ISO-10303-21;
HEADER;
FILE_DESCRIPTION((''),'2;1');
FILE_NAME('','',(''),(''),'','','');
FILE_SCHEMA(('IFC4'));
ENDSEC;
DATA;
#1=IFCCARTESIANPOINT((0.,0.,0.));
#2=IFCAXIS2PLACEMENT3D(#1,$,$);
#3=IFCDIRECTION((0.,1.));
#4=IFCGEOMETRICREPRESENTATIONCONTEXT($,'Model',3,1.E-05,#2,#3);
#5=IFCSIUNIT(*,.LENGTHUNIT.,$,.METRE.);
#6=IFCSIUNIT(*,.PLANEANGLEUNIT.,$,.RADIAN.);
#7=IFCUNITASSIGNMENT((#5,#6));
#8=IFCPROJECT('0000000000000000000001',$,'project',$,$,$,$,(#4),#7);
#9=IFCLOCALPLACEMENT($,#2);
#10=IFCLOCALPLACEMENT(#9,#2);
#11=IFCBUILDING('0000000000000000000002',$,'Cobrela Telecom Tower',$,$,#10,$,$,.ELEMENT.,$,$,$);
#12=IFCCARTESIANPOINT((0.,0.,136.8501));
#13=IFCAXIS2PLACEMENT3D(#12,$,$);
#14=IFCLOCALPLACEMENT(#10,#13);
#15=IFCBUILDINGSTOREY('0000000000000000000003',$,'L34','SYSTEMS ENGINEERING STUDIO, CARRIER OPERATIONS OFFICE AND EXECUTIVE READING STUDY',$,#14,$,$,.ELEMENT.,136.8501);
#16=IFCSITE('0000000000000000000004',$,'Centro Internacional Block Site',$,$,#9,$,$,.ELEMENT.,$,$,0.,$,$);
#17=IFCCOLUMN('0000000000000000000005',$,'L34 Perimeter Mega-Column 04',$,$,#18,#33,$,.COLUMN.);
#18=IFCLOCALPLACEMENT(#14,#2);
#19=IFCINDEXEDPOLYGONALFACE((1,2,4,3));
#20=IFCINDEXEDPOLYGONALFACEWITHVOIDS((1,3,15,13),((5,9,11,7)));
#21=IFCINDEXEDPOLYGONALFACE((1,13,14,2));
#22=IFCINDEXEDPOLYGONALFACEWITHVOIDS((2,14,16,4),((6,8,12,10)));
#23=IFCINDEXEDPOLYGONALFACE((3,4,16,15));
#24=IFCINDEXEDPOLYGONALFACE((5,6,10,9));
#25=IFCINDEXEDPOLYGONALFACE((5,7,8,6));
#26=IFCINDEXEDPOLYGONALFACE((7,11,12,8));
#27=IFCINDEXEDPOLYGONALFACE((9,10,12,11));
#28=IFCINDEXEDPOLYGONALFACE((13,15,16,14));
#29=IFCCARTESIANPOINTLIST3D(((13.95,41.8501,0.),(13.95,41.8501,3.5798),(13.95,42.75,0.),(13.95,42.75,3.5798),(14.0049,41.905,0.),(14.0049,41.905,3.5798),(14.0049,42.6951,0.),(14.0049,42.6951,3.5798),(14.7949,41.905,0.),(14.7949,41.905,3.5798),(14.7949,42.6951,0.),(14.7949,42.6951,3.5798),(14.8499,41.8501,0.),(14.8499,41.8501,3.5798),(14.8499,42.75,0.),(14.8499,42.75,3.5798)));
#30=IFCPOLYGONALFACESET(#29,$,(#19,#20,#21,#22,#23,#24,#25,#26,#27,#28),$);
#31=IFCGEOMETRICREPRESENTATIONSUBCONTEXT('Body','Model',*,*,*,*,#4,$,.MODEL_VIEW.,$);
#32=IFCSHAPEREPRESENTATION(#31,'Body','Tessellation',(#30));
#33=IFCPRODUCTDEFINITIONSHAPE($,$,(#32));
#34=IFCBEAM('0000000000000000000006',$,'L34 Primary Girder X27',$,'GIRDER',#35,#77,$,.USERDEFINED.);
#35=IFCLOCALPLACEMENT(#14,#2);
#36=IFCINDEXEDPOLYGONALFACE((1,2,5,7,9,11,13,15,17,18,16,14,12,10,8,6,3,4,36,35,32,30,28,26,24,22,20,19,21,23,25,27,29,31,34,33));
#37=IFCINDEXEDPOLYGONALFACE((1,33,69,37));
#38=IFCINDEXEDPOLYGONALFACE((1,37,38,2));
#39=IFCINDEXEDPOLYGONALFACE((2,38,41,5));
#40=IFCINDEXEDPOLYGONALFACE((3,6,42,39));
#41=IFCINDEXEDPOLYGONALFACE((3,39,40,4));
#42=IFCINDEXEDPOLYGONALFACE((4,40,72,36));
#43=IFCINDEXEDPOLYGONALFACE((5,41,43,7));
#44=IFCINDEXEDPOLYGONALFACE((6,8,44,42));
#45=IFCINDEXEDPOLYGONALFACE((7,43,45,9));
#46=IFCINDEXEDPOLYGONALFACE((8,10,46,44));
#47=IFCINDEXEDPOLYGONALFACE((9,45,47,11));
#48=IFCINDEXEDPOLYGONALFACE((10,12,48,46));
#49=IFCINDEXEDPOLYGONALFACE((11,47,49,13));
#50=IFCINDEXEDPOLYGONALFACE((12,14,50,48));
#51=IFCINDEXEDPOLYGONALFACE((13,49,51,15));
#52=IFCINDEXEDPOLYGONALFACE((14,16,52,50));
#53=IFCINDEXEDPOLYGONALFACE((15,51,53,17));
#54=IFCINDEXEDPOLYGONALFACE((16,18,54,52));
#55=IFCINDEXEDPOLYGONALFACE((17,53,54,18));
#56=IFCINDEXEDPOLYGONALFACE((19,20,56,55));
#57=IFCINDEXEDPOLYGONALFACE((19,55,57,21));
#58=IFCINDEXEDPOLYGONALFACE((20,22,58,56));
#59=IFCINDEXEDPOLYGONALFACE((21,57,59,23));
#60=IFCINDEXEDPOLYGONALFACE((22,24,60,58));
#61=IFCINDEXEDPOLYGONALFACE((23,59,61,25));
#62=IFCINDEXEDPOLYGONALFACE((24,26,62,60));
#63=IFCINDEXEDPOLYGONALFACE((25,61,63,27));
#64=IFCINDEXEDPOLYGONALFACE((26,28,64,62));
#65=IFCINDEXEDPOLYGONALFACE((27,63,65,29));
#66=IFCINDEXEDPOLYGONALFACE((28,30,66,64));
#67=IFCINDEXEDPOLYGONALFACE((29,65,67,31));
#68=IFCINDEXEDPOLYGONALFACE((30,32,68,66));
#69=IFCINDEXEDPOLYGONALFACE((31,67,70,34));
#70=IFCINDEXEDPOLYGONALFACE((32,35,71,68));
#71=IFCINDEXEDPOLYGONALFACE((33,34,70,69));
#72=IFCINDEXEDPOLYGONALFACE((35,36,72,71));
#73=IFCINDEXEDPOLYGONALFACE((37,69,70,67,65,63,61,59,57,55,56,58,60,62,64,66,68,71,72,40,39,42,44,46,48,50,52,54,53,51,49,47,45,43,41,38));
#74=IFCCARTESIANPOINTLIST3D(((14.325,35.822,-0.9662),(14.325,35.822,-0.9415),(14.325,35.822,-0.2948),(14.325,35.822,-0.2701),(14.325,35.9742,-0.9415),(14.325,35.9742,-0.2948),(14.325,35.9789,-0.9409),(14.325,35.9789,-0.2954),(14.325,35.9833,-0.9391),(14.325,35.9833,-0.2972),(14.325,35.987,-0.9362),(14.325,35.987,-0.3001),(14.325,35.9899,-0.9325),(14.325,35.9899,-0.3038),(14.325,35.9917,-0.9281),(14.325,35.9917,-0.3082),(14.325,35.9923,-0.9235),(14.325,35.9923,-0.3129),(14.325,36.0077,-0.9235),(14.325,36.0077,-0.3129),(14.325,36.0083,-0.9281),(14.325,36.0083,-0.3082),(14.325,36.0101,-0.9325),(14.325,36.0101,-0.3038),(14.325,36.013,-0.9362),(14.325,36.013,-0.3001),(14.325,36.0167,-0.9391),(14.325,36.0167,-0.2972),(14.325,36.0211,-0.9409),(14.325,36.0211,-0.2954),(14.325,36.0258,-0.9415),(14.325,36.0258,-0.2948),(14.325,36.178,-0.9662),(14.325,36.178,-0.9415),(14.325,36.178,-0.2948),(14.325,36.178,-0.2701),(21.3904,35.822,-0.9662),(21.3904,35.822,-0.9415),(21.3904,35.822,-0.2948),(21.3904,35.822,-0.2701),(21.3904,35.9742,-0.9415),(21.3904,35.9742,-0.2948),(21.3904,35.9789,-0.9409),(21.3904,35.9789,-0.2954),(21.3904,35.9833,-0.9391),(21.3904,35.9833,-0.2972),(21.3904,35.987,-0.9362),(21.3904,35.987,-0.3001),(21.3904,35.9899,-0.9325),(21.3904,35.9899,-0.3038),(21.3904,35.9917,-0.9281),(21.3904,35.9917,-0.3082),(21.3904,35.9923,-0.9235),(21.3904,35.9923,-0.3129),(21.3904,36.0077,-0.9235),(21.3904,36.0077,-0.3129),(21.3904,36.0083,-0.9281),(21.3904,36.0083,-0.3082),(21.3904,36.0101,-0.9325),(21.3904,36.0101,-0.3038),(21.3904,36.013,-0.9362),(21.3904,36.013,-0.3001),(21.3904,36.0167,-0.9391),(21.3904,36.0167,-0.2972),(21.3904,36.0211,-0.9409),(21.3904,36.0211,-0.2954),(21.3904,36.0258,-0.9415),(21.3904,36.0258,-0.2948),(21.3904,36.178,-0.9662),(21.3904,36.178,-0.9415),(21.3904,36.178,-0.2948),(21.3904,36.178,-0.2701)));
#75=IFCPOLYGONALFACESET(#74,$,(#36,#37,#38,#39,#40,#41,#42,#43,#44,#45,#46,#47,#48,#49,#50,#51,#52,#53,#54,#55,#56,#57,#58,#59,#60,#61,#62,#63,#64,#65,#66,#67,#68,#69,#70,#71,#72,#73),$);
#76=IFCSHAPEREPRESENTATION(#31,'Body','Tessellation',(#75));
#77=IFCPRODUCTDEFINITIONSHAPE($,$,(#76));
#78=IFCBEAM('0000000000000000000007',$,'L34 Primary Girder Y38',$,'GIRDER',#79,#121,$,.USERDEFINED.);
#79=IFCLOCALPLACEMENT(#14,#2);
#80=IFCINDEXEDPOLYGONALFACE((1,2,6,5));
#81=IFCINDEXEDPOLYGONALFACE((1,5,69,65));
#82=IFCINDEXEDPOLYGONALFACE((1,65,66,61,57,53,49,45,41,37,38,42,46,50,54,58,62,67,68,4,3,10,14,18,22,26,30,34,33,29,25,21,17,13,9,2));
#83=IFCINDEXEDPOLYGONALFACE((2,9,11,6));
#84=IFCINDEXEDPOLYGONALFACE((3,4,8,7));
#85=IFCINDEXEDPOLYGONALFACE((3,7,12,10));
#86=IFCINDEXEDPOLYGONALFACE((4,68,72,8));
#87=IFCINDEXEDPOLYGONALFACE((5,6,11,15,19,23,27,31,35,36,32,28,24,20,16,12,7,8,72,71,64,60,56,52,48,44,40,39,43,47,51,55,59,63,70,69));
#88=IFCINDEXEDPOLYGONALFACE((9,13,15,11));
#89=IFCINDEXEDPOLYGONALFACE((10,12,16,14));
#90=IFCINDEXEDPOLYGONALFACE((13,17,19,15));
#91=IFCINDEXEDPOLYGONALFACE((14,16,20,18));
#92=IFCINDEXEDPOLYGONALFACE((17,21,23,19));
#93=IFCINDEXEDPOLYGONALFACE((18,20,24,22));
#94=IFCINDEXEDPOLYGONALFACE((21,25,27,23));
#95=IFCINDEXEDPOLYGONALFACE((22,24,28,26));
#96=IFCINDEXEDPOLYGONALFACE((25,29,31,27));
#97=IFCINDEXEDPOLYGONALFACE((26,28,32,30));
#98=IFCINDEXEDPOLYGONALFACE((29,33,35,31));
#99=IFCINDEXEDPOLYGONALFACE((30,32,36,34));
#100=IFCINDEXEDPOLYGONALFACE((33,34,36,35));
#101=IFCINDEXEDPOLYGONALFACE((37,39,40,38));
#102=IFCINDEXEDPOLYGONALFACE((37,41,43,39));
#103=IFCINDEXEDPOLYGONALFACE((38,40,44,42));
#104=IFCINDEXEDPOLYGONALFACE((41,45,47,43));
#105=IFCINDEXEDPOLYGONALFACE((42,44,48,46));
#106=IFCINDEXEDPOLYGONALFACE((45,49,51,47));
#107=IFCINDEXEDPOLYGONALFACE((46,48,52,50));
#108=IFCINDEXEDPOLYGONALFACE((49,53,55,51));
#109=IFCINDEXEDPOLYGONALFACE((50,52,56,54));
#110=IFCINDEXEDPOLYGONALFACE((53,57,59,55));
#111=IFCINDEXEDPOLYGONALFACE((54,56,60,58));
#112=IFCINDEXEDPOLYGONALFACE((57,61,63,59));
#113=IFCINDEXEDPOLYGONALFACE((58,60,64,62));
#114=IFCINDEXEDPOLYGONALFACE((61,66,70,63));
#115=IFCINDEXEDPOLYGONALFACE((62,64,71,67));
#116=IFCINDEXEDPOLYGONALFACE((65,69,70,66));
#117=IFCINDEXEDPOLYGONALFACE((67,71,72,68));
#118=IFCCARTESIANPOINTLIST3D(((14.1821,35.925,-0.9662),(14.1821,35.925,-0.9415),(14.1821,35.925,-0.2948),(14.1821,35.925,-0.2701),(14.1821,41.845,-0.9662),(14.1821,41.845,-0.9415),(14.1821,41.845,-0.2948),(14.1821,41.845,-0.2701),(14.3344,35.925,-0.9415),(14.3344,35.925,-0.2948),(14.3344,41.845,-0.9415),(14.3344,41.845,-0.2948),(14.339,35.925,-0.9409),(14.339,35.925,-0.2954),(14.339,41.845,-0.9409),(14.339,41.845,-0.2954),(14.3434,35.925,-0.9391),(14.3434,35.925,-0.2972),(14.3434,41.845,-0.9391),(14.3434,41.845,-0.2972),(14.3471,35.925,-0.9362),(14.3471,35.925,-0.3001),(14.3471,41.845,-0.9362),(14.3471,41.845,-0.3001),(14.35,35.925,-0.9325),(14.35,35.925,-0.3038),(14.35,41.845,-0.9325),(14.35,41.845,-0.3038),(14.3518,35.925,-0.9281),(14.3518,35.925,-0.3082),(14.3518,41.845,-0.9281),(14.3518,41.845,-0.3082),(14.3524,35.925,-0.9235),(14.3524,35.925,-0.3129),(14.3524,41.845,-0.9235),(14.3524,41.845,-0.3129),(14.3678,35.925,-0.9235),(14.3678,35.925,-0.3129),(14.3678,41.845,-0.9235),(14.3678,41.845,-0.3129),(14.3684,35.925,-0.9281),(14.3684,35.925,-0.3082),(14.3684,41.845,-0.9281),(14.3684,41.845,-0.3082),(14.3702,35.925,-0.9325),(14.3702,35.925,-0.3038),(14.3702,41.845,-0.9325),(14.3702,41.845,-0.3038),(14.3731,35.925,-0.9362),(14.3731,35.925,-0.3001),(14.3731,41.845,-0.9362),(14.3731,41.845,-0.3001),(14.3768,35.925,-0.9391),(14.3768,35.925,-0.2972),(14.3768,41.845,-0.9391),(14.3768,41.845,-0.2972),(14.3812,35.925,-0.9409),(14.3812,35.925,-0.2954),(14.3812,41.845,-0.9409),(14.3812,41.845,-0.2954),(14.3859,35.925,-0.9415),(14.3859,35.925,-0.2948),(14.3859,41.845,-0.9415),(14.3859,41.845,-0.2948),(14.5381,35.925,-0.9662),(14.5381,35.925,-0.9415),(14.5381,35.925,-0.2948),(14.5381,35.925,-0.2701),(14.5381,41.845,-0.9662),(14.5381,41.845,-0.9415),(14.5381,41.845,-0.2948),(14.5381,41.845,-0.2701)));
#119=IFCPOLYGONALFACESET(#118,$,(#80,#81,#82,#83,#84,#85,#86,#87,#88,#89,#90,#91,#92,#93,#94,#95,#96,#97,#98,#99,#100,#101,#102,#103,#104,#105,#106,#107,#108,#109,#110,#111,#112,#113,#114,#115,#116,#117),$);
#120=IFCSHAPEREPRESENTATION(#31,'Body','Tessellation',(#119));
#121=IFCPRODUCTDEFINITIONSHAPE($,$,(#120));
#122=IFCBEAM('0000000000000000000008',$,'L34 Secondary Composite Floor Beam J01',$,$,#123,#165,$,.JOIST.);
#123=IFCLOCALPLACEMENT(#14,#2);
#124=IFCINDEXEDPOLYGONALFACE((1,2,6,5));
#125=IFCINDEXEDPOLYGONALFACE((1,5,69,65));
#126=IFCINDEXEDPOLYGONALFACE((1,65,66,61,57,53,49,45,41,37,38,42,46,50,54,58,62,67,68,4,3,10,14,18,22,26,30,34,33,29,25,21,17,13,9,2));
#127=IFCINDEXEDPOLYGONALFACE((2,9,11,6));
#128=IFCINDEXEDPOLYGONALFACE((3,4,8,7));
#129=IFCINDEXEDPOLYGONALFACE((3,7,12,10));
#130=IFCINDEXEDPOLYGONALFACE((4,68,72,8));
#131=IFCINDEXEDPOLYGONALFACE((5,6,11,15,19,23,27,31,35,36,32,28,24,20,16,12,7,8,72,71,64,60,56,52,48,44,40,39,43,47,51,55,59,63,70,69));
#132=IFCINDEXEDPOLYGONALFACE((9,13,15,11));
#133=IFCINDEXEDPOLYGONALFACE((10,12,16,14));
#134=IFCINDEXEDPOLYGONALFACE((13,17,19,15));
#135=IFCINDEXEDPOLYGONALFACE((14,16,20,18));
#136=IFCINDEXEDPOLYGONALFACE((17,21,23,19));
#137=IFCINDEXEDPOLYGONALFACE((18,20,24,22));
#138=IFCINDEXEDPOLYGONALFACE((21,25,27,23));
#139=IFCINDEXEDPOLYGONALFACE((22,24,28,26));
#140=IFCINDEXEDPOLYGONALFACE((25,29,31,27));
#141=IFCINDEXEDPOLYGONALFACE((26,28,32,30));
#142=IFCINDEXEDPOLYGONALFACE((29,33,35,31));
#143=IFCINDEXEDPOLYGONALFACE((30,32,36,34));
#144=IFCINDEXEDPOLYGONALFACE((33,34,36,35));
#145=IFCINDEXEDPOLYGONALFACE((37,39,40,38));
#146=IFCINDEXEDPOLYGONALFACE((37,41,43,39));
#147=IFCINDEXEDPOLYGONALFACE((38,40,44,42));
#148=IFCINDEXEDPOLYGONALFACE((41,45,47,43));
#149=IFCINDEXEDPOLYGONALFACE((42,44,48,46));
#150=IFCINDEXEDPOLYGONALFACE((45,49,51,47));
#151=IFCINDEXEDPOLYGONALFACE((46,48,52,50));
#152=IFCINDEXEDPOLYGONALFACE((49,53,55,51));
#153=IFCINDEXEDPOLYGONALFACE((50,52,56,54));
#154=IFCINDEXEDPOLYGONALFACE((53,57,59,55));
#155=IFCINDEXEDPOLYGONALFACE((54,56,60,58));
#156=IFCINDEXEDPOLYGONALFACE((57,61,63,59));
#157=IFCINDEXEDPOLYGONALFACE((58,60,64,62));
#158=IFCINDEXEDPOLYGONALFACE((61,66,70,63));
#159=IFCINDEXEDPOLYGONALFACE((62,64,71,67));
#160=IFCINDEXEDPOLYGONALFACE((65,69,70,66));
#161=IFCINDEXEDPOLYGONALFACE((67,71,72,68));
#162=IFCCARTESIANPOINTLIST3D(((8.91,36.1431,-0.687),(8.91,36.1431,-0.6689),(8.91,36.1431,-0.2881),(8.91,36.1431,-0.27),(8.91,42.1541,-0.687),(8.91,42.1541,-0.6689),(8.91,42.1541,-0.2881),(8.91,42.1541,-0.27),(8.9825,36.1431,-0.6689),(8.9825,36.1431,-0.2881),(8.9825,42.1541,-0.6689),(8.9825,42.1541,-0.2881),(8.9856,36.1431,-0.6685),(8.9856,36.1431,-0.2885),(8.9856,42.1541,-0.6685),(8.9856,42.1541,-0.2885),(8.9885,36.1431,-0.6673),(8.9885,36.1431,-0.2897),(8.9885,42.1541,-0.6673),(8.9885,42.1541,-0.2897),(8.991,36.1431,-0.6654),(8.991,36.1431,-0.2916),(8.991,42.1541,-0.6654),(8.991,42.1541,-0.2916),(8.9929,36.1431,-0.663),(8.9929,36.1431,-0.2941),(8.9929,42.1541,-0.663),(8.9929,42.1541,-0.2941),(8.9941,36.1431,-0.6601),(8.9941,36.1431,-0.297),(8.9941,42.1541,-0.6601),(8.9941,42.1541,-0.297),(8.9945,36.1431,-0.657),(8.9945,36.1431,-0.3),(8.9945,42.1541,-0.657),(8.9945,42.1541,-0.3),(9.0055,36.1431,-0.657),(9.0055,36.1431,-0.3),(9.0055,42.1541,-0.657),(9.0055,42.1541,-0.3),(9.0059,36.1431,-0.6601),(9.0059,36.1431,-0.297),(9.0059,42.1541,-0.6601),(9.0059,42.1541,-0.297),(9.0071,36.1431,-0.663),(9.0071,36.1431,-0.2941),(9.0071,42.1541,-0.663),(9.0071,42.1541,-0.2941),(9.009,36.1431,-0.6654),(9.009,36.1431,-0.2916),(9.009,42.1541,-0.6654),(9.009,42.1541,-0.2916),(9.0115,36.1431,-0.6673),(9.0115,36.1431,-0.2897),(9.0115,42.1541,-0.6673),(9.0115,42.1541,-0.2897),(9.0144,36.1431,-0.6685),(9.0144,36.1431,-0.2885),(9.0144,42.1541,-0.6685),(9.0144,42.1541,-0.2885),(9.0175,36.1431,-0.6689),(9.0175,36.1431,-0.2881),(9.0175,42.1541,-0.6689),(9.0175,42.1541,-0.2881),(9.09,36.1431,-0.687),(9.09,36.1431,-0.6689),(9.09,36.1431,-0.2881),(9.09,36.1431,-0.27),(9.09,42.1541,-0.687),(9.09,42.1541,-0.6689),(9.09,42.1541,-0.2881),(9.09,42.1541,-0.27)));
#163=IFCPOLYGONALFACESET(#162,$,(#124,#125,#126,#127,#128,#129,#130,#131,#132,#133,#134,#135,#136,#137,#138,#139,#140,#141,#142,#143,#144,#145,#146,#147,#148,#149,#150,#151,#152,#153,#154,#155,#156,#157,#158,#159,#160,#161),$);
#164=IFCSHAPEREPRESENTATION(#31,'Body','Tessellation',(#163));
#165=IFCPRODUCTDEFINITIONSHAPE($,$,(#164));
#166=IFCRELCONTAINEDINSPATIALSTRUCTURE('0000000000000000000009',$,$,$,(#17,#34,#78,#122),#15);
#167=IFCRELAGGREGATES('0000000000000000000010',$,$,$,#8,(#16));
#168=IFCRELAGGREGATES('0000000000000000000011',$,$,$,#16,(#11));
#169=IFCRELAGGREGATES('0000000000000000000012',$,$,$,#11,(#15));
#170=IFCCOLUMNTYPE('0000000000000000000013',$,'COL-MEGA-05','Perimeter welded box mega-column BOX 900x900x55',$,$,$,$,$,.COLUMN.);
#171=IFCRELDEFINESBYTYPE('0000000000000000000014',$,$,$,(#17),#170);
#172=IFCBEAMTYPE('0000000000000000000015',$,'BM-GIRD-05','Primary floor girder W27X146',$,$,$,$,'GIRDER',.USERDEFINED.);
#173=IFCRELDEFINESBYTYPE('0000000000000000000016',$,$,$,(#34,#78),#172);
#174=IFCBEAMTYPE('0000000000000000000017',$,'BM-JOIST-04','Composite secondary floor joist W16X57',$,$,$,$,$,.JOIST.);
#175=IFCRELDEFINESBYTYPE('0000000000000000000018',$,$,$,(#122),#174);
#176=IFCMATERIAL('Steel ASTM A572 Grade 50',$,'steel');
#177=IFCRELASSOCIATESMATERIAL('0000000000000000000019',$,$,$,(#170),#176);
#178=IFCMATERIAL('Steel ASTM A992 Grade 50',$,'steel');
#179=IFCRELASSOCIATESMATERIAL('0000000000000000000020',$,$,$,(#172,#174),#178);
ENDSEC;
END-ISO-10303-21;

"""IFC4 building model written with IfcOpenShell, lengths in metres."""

from ifc_helpers import new_model, si_unit, direction, frame, origin, origin_2d, place, context, subcontext, project, spatial, hollow_rectangle, i_section, extrude, material, material_profile, profile_set, type_object, element, save


model = new_model("IFC4")

# Units and contexts
model_context = context("Model", 3, precision=1e-05, world=origin(), true_north=direction((0.0, 1.0)))
body_context = subcontext(model_context, "Body", "Model", "MODEL_VIEW")
ifc_project = project(units=[si_unit("LENGTHUNIT", "METRE"), si_unit("PLANEANGLEUNIT", "RADIAN")], contexts=[model_context])

# Site, building, storey
site_placement = place(None, origin())
site = spatial("IfcSite", under=ifc_project, at=site_placement, Name="Centro Internacional Block Site", CompositionType="ELEMENT", RefElevation=0.0)
building_placement = place(site_placement, origin())
building = spatial("IfcBuilding", under=site, at=building_placement, Name="Cobrela Telecom Tower", CompositionType="ELEMENT")
storey_placement = place(building_placement, frame((0.0, 0.0, 136.8501)))
storey = spatial("IfcBuildingStorey", under=building, at=storey_placement, Name="L34", Description="SYSTEMS ENGINEERING STUDIO, CARRIER OPERATIONS OFFICE AND EXECUTIVE READING STUDY", CompositionType="ELEMENT", Elevation=136.8501)

# Column
ifc_material_1 = material(Name="Steel ASTM A572 Grade 50", Category="steel")
ifc_material_profile_1 = material_profile(ifc_material_1, hollow_rectangle(XDim=0.8999, YDim=0.8999, WallThickness=0.0549, at=origin_2d()), Name="BOX 900x900x55")
ifc_profile_set_1 = profile_set([ifc_material_profile_1], Name="Steel ASTM A572 Grade 50")
column_type = type_object("IfcColumnType", Name="COL-MEGA-05", Description="Perimeter welded box mega-column BOX 900x900x55", PredefinedType="COLUMN", material=ifc_profile_set_1)
column_placement = place(storey_placement, frame((14.3999, 42.3, 0.0), z_axis=(0.0, 0.0, 1.0), x_axis=(1.0, 0.0, 0.0)))
element("IfcColumn", 1, at=column_placement, inside=storey, type_object=column_type, Name="L34 Perimeter Mega-Column 04", PredefinedType="COLUMN", context=body_context, shape_type="SweptSolid", body=[
    extrude(hollow_rectangle(XDim=0.8999, YDim=0.8999, WallThickness=0.0549, at=origin_2d()), origin(), (0.0, 0.0, 1.0), 3.5798),
])

# Beams
ifc_material_2 = material(Name="Steel ASTM A992 Grade 50", Category="steel")
ifc_material_profile_2 = material_profile(ifc_material_2, i_section(OverallWidth=0.356, OverallDepth=0.696, WebThickness=0.0154, FlangeThickness=0.0247, FilletRadius=0.0181, at=origin_2d()), Name="W27X146")
ifc_profile_set_2 = profile_set([ifc_material_profile_2], Name="Steel ASTM A992 Grade 50")
beam_type_1 = type_object("IfcBeamType", Name="BM-GIRD-05", Description="Primary floor girder W27X146", ElementType="GIRDER", PredefinedType="USERDEFINED", material=ifc_profile_set_2)
beam_1_placement = place(storey_placement, frame((14.325, 36.0, -0.6182), z_axis=(1.0, 0.0, 0.0), x_axis=(0.0, 1.0, 0.0)))
element("IfcBeam", 2, at=beam_1_placement, inside=storey, type_object=beam_type_1, Name="L34 Primary Girder X27", ObjectType="GIRDER", PredefinedType="USERDEFINED", context=body_context, shape_type="SweptSolid", body=[
    extrude(i_section(OverallWidth=0.356, OverallDepth=0.696, WebThickness=0.0154, FlangeThickness=0.0247, FilletRadius=0.0181, at=origin_2d()), origin(), (0.0, 0.0, 1.0), 7.0654),
])
beam_2_placement = place(storey_placement, frame((14.3601, 35.925, -0.6182), z_axis=(0.0, 1.0, 0.0), x_axis=(-1.0, 0.0, 0.0)))
element("IfcBeam", 3, at=beam_2_placement, inside=storey, type_object=beam_type_1, Name="L34 Primary Girder Y38", ObjectType="GIRDER", PredefinedType="USERDEFINED", context=body_context, shape_type="SweptSolid", body=[
    extrude(i_section(OverallWidth=0.356, OverallDepth=0.696, WebThickness=0.0154, FlangeThickness=0.0247, FilletRadius=0.0181, at=origin_2d()), origin(), (0.0, 0.0, 1.0), 5.9199),
])
ifc_material_profile_3 = material_profile(ifc_material_2, i_section(OverallWidth=0.1799, OverallDepth=0.417, WebThickness=0.011, FlangeThickness=0.0181, FilletRadius=0.012, at=origin_2d()), Name="W16X57")
ifc_profile_set_3 = profile_set([ifc_material_profile_3], Name="Steel ASTM A992 Grade 50")
beam_type_2 = type_object("IfcBeamType", Name="BM-JOIST-04", Description="Composite secondary floor joist W16X57", PredefinedType="JOIST", material=ifc_profile_set_3)
for number, where, z_axis, x_axis, name in (
    (4, (9.0, 36.1431, -0.4785), (0.0, 1.0, 0.0), (-1.0, 0.0, 0.0), "L34 Secondary Composite Floor Beam J01"),
):
    element("IfcBeam", number, at=place(storey_placement, frame(where, z_axis=z_axis, x_axis=x_axis)), inside=storey, type_object=beam_type_2, Name=name, PredefinedType="JOIST", context=body_context, shape_type="SweptSolid", body=[
        extrude(i_section(OverallWidth=0.1799, OverallDepth=0.417, WebThickness=0.011, FlangeThickness=0.0181, FilletRadius=0.012, at=origin_2d()), origin(), (0.0, 0.0, 1.0), 6.011),
    ])

save(model, "model.ifc")
